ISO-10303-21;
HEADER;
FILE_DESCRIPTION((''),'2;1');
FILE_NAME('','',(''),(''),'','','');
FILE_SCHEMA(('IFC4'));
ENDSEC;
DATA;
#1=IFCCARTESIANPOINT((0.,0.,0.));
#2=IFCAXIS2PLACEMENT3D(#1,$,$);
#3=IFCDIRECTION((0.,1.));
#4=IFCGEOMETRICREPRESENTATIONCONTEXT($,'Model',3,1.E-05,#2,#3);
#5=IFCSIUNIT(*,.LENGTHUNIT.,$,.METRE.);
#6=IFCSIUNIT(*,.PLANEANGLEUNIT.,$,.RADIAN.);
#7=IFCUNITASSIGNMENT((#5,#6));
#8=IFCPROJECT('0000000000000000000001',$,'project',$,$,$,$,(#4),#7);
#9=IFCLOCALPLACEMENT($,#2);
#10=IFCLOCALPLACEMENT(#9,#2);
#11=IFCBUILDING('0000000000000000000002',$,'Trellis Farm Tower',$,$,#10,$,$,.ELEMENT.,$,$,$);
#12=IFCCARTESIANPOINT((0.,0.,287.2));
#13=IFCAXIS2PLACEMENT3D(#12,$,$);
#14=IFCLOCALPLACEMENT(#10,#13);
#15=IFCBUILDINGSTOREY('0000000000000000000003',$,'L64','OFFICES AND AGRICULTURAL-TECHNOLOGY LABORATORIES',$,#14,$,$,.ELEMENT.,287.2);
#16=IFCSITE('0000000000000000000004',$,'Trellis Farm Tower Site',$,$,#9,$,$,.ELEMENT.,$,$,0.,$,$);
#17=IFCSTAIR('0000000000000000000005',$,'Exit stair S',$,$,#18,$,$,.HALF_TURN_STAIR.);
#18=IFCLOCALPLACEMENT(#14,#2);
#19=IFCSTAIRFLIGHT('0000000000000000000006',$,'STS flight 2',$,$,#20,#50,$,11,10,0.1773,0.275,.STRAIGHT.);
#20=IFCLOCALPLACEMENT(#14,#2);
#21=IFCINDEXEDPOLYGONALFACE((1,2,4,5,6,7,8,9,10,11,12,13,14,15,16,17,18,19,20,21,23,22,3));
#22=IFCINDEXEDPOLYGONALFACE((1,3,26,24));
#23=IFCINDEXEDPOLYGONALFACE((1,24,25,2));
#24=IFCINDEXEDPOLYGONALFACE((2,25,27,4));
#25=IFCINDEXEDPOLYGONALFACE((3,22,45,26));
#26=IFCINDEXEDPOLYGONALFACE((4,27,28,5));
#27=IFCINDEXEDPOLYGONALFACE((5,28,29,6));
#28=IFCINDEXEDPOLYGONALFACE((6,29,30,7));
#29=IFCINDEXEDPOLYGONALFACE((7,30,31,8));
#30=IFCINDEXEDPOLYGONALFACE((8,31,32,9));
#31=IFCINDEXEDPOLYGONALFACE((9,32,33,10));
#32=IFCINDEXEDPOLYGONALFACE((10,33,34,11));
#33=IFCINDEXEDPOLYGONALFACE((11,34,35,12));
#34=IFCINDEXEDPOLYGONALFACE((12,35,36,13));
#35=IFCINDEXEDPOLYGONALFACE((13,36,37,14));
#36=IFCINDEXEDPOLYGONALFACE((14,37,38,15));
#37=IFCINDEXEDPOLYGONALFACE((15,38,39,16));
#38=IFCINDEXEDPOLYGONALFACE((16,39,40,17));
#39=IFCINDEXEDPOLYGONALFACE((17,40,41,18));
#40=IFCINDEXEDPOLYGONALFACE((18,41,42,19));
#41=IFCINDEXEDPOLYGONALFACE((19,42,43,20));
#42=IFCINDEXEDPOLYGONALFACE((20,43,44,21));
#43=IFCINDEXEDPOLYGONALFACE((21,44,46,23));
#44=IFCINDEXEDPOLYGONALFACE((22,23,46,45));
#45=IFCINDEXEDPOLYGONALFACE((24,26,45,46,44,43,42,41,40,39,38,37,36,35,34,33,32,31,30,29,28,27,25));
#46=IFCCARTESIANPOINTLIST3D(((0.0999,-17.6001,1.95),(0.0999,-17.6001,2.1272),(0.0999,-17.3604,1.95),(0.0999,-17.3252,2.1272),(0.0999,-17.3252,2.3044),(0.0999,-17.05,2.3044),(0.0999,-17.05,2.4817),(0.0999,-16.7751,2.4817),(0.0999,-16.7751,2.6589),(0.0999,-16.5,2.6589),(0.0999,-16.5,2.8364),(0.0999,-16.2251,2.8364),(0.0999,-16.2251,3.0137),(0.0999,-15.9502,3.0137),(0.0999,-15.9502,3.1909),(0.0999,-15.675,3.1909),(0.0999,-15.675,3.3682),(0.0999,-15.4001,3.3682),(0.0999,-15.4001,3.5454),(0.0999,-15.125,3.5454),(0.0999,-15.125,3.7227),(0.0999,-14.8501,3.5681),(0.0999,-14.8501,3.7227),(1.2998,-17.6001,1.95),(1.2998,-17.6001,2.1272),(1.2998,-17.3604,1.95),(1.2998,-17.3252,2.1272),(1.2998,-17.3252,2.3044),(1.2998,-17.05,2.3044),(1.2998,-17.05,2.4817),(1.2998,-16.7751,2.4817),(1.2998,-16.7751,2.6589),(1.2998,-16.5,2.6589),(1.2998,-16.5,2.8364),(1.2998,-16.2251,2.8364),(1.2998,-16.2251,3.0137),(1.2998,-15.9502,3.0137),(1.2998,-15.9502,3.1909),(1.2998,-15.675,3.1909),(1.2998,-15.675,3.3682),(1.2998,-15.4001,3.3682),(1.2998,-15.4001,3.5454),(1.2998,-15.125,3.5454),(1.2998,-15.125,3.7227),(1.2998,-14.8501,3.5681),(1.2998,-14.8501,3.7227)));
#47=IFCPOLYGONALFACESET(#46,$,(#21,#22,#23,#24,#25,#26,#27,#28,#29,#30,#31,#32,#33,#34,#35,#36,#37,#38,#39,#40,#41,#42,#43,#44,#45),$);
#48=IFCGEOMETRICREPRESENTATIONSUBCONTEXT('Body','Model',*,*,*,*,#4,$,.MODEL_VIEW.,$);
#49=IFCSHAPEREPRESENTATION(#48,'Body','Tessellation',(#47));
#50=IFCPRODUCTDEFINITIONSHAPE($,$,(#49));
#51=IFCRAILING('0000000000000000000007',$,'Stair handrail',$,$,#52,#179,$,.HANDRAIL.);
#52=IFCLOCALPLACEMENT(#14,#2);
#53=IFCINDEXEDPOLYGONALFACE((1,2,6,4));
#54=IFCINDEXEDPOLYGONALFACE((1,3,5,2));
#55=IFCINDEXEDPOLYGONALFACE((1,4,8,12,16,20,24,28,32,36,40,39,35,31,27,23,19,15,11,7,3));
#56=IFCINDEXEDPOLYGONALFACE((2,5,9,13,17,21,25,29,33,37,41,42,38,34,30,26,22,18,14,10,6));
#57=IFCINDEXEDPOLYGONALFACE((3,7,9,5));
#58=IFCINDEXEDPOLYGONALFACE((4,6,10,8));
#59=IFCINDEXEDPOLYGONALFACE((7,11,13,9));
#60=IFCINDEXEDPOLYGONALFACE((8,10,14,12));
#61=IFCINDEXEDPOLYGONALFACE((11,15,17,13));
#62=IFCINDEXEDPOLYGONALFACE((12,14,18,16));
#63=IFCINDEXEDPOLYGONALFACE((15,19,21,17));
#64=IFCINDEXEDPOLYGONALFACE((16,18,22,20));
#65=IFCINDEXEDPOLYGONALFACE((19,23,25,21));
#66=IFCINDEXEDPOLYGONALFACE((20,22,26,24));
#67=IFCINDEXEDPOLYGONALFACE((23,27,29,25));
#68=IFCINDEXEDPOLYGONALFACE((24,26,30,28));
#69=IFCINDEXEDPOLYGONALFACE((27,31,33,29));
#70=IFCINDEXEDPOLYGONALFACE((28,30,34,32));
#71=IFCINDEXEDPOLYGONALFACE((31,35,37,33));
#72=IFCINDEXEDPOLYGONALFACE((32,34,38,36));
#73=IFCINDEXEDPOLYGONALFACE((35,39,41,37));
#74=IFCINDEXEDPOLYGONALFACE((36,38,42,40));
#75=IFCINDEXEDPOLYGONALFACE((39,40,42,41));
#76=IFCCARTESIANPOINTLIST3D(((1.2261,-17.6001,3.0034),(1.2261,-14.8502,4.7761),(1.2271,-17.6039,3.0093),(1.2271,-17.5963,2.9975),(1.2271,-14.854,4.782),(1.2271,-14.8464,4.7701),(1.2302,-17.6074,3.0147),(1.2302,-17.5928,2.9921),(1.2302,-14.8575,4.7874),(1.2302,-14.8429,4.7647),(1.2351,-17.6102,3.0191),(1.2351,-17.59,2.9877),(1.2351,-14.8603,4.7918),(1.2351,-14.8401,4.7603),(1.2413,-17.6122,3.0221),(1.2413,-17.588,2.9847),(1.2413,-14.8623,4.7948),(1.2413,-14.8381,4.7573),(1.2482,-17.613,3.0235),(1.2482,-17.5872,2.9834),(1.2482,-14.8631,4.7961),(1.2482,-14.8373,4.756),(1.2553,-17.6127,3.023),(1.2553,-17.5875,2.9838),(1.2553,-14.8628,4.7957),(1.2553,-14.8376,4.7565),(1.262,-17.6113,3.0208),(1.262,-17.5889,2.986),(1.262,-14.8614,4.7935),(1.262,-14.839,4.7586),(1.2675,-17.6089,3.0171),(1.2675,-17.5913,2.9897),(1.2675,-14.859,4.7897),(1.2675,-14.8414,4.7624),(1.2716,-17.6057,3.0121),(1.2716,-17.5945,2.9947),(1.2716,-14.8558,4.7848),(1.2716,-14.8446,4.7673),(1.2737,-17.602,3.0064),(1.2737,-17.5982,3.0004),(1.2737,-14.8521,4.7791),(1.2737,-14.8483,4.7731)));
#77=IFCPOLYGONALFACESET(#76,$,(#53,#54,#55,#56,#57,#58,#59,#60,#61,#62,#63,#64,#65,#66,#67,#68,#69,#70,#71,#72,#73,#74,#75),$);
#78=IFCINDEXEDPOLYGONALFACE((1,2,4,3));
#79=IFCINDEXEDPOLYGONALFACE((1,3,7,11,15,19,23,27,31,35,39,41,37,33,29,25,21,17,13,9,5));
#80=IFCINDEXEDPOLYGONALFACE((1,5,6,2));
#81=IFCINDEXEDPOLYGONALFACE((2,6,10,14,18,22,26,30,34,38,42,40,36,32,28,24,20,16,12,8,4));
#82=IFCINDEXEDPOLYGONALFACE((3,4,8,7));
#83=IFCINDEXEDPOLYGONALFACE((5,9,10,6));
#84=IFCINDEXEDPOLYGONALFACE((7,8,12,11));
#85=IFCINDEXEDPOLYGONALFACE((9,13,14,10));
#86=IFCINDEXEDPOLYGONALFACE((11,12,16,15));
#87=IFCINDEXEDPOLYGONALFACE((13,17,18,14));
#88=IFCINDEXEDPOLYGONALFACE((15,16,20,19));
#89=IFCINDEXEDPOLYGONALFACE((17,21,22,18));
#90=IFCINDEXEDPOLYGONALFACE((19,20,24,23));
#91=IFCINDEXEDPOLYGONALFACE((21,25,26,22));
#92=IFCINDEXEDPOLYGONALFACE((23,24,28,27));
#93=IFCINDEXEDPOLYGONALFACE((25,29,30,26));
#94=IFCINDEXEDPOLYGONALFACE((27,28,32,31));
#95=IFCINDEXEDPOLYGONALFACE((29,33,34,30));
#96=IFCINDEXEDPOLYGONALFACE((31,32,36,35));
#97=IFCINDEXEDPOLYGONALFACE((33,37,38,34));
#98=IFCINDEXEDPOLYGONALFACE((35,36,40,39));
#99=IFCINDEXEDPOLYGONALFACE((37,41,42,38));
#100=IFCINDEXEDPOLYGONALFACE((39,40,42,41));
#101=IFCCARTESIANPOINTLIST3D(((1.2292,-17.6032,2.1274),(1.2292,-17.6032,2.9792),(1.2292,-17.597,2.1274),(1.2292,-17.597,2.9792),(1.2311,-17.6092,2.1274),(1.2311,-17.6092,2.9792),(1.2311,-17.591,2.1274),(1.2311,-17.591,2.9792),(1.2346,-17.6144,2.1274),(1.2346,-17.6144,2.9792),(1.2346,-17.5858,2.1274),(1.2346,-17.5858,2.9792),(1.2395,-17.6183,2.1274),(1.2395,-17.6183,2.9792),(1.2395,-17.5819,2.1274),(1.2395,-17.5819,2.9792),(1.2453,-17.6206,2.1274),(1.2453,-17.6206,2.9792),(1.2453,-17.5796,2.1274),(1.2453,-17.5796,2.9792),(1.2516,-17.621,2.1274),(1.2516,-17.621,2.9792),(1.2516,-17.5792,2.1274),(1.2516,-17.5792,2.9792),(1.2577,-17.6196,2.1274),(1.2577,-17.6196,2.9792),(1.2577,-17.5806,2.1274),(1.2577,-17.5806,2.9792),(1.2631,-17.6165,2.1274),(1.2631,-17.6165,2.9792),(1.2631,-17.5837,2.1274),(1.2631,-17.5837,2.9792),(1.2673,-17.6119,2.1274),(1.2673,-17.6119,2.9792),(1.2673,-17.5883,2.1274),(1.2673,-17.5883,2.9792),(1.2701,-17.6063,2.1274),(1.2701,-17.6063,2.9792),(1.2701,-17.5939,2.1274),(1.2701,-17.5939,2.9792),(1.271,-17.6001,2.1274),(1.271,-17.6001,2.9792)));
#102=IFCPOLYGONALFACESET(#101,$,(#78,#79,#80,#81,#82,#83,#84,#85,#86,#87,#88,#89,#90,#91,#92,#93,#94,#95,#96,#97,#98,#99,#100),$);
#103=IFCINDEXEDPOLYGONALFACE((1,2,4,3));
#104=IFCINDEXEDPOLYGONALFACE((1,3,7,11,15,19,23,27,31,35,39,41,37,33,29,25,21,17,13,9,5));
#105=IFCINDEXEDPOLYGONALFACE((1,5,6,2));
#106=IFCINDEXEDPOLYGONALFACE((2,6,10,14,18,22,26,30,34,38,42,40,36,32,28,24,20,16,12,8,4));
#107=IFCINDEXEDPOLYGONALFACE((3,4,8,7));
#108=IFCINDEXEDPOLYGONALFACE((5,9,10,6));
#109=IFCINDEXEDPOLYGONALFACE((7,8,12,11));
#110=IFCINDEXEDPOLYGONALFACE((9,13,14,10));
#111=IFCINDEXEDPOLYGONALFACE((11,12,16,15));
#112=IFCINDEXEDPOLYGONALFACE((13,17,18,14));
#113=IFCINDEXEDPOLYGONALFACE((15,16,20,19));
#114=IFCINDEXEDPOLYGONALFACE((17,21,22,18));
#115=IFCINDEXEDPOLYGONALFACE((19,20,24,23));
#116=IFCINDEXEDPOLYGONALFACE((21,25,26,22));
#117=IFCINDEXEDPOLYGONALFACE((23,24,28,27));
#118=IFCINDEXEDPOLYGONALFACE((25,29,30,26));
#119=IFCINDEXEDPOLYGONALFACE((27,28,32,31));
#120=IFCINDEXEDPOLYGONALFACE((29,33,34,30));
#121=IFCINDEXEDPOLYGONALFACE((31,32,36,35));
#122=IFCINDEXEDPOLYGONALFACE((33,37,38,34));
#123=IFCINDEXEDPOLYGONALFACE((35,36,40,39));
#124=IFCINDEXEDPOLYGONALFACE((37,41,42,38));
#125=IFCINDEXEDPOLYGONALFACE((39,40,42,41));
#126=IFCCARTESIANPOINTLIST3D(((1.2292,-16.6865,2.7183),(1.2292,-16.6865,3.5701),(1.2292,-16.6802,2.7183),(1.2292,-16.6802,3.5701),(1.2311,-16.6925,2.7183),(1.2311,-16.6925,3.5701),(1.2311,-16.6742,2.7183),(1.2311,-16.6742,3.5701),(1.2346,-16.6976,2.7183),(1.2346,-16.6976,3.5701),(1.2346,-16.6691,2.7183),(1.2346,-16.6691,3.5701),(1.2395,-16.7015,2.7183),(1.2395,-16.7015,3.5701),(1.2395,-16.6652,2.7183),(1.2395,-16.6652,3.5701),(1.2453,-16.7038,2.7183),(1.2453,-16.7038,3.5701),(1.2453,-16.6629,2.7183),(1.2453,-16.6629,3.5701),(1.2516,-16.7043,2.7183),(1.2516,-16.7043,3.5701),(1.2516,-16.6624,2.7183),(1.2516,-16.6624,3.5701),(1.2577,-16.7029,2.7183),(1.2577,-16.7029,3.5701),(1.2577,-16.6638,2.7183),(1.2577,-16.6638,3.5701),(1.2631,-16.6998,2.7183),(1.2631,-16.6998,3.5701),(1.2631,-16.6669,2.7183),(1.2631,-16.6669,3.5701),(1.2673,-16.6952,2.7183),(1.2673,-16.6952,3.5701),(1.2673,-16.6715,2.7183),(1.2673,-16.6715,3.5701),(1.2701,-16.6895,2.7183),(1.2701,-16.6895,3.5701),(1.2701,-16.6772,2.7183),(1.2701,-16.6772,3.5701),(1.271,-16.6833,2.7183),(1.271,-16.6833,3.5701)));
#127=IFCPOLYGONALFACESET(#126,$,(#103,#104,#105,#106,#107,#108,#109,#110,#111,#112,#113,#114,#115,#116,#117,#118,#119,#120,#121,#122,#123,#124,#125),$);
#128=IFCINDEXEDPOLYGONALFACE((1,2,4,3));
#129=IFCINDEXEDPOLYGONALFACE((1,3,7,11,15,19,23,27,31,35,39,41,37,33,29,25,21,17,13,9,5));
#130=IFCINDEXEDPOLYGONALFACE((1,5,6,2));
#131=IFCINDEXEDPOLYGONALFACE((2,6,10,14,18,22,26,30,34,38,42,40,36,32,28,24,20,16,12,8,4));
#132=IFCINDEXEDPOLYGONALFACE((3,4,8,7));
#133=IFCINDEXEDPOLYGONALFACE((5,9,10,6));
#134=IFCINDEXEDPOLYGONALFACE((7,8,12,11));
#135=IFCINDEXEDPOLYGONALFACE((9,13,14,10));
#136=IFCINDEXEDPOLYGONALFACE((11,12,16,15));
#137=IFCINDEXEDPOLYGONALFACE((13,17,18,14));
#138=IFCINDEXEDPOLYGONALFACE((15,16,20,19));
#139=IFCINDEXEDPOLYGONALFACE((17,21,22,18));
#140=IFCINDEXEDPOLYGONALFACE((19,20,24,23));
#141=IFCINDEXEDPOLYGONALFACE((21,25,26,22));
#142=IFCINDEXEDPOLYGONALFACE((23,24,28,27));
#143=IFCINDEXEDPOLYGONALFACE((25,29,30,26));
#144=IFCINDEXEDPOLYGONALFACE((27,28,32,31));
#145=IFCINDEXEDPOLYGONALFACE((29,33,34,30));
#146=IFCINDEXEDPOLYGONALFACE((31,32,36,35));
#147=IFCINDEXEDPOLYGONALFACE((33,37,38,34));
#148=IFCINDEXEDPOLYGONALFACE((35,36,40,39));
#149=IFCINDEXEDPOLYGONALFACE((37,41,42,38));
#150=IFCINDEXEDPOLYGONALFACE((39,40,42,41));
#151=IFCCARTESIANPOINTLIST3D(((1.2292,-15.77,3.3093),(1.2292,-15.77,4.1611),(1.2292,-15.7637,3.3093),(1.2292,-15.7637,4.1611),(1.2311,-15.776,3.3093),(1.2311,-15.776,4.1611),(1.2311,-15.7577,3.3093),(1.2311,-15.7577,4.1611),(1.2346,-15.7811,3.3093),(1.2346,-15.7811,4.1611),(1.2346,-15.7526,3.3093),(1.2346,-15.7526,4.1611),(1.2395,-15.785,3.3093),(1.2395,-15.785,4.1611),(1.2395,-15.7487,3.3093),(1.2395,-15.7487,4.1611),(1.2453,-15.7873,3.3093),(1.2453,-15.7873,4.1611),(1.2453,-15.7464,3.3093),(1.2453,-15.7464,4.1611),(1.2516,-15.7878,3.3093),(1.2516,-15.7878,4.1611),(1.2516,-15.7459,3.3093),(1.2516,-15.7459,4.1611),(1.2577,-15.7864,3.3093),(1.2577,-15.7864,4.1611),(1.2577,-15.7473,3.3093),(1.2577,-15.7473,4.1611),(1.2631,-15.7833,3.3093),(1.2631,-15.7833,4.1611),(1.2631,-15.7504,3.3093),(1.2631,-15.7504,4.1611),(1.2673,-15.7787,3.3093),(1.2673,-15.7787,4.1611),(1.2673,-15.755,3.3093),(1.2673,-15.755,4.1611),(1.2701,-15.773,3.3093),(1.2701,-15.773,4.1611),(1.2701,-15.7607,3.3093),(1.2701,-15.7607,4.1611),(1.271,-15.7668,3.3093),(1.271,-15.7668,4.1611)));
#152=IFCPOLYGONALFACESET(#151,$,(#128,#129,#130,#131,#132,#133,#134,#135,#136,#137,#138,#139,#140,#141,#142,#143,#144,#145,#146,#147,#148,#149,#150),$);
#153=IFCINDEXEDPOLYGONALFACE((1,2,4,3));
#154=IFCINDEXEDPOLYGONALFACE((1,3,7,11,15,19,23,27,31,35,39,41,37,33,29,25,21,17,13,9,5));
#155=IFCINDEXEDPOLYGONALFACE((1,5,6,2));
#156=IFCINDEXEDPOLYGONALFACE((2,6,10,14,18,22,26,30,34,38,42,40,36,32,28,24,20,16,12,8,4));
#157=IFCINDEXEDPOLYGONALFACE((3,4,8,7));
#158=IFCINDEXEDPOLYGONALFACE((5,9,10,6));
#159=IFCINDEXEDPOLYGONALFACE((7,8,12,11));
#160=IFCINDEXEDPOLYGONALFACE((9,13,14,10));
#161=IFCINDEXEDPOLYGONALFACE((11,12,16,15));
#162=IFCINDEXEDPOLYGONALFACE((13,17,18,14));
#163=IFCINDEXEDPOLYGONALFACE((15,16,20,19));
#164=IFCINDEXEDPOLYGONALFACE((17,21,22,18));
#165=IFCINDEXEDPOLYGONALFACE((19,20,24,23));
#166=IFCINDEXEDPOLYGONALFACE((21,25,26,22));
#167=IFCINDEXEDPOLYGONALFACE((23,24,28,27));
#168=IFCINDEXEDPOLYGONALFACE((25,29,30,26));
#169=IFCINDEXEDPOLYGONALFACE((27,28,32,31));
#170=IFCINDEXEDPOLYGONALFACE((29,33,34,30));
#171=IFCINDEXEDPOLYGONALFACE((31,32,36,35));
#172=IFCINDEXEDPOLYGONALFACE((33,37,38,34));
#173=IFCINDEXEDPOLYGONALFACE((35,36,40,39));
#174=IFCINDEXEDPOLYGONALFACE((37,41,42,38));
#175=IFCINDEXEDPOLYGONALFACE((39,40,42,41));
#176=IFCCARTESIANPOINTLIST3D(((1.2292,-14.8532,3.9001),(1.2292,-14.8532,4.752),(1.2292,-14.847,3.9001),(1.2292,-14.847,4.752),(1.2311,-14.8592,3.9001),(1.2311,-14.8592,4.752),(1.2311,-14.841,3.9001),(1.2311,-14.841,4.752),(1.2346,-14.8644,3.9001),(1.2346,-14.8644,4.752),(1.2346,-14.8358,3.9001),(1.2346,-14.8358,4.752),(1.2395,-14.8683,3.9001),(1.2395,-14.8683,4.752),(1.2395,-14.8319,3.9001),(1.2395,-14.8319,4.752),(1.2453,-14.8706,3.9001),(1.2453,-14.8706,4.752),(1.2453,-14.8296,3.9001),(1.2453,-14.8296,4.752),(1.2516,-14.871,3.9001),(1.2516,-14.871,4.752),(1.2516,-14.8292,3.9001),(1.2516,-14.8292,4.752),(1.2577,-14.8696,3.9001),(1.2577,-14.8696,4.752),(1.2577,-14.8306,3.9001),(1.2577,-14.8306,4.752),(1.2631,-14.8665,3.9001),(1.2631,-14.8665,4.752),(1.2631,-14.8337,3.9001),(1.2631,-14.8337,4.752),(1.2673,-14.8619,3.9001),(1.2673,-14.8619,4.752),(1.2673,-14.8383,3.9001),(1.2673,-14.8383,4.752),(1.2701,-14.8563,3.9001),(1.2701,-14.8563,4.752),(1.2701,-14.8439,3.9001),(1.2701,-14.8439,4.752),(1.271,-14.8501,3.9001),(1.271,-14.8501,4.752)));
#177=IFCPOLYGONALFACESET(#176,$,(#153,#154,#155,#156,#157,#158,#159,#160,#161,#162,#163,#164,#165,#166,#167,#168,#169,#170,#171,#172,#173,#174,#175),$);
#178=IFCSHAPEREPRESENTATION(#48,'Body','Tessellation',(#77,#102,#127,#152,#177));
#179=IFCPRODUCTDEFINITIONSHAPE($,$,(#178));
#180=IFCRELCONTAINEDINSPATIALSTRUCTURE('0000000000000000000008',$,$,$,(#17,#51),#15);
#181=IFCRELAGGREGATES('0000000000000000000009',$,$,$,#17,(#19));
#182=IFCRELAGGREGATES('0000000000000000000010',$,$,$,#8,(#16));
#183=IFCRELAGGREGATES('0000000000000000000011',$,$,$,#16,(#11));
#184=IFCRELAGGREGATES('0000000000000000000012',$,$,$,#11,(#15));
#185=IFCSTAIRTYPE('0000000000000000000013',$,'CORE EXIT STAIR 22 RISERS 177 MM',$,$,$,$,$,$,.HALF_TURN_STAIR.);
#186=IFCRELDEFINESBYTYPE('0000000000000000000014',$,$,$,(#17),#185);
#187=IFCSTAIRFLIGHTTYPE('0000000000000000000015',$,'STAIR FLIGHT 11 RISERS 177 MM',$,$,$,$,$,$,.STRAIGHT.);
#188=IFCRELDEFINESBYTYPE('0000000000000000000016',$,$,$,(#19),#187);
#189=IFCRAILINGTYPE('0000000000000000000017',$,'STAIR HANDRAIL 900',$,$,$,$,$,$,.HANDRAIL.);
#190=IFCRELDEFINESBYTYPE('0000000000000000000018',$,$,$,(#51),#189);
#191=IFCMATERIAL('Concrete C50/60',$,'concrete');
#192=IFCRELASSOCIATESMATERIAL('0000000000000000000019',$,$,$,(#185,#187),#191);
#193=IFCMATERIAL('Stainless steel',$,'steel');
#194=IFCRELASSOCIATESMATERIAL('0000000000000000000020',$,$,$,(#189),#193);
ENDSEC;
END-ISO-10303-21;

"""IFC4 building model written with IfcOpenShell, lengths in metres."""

from ifc_helpers import new_model, si_unit, direction, frame, origin, origin_2d, place, context, subcontext, project, spatial, polyline, circle, outline, extrude, source, transform, mapped, material, type_object, element, aggregate, save


model = new_model("IFC4")

# Units and contexts
model_context = context("Model", 3, precision=1e-05, world=origin(), true_north=direction((0.0, 1.0)))
body_context = subcontext(model_context, "Body", "Model", "MODEL_VIEW")
ifc_project = project(units=[si_unit("LENGTHUNIT", "METRE"), si_unit("PLANEANGLEUNIT", "RADIAN")], contexts=[model_context])

# Site, building, storey
site_placement = place(None, origin())
site = spatial("IfcSite", under=ifc_project, at=site_placement, Name="Trellis Farm Tower Site", CompositionType="ELEMENT", RefElevation=0.0)
building_placement = place(site_placement, origin())
building = spatial("IfcBuilding", under=site, at=building_placement, Name="Trellis Farm Tower", CompositionType="ELEMENT")
storey_placement = place(building_placement, frame((0.0, 0.0, 287.2)))
storey = spatial("IfcBuildingStorey", under=building, at=storey_placement, Name="L64", Description="OFFICES AND AGRICULTURAL-TECHNOLOGY LABORATORIES", CompositionType="ELEMENT", Elevation=287.2)

# Shared definitions
placement_1 = place(storey_placement, origin())

# Shared definitions
ifc_material_1 = material(Name="Concrete C50/60", Category="concrete")

# Stair, stair flight
stair_type = type_object("IfcStairType", Name="CORE EXIT STAIR 22 RISERS 177 MM", PredefinedType="HALF_TURN_STAIR", material=ifc_material_1)
stair = element("IfcStair", 1, at=placement_1, inside=storey, type_object=stair_type, Name="Exit stair S", PredefinedType="HALF_TURN_STAIR")
stair_flight_type = type_object("IfcStairFlightType", Name="STAIR FLIGHT 11 RISERS 177 MM", PredefinedType="STRAIGHT", material=ifc_material_1)
shared_shape_1 = source(origin(), body_context, "Body", "SweptSolid", [
    extrude(outline(polyline([(0.0, 0.0), (0.0, 0.1772), (0.2749, 0.1772), (0.2749, 0.3545), (0.55, 0.3545), (0.55, 0.5317), (0.825, 0.5317), (0.825, 0.709), (1.1001, 0.709), (1.1001, 0.8865), (1.375, 0.8865), (1.375, 1.0637), (1.6499, 1.0637), (1.6499, 1.241), (1.925, 1.241), (1.925, 1.4182), (2.2, 1.4182), (2.2, 1.5955), (2.4751, 1.5955), (2.4751, 1.7727), (2.75, 1.7727), (2.75, 1.95), (2.75, 1.6182), (0.2397, 0.0), (0.0, 0.0)])), frame((0.0, 0.6001, 0.0), z_axis=(0.0, -1.0, 0.0), x_axis=(1.0, 0.0, 0.0)), (0.0, 0.0, 1.0), 1.2),
])
stair_flight_placement = place(storey_placement, frame((0.7, -17.6001, 1.95), z_axis=(0.0, 0.0, 1.0), x_axis=(0.0, 1.0, 0.0)))
stair_flight = element("IfcStairFlight", 2, at=stair_flight_placement, type_object=stair_flight_type, Name="STS flight 2", NumberOfRisers=11, NumberOfTreads=10, PredefinedType="STRAIGHT", RiserHeight=0.1773, TreadLength=0.275, context=body_context, shape_type="MappedRepresentation", body=[
    mapped(shared_shape_1, transform((0.0, 0.0, 0.0))),
])
aggregate(stair, [stair_flight])

# Railing
ifc_material_2 = material(Name="Stainless steel", Category="steel")
railing_type = type_object("IfcRailingType", Name="STAIR HANDRAIL 900", PredefinedType="HANDRAIL", material=ifc_material_2)
shared_shape_2 = source(origin(), body_context, "Body", "SweptSolid", [
    extrude(circle(Radius=0.0239, at=origin_2d()), frame((0.0, 0.0, 0.876), z_axis=(0.0, 0.840504, 0.541806), x_axis=(-1.0, 0.0, 0.0)), (0.0, 0.0, 1.0), 3.2717),
    extrude(circle(Radius=0.021, at=origin_2d()), origin(), (0.0, 0.0, 1.0), 0.8518),
    extrude(circle(Radius=0.021, at=origin_2d()), frame((0.0, 0.9167, 0.5908)), (0.0, 0.0, 1.0), 0.8518),
    extrude(circle(Radius=0.021, at=origin_2d()), frame((0.0, 1.8333, 1.1819)), (0.0, 0.0, 1.0), 0.8518),
    extrude(circle(Radius=0.021, at=origin_2d()), frame((0.0, 2.75, 1.7727)), (0.0, 0.0, 1.0), 0.8518),
])
railing_placement = place(storey_placement, frame((1.25, -17.6001, 2.1274)))
element("IfcRailing", 3, at=railing_placement, inside=storey, type_object=railing_type, Name="Stair handrail", PredefinedType="HANDRAIL", context=body_context, shape_type="MappedRepresentation", body=[
    mapped(shared_shape_2, transform((0.0, 0.0, 0.0))),
])

save(model, "model.ifc")
